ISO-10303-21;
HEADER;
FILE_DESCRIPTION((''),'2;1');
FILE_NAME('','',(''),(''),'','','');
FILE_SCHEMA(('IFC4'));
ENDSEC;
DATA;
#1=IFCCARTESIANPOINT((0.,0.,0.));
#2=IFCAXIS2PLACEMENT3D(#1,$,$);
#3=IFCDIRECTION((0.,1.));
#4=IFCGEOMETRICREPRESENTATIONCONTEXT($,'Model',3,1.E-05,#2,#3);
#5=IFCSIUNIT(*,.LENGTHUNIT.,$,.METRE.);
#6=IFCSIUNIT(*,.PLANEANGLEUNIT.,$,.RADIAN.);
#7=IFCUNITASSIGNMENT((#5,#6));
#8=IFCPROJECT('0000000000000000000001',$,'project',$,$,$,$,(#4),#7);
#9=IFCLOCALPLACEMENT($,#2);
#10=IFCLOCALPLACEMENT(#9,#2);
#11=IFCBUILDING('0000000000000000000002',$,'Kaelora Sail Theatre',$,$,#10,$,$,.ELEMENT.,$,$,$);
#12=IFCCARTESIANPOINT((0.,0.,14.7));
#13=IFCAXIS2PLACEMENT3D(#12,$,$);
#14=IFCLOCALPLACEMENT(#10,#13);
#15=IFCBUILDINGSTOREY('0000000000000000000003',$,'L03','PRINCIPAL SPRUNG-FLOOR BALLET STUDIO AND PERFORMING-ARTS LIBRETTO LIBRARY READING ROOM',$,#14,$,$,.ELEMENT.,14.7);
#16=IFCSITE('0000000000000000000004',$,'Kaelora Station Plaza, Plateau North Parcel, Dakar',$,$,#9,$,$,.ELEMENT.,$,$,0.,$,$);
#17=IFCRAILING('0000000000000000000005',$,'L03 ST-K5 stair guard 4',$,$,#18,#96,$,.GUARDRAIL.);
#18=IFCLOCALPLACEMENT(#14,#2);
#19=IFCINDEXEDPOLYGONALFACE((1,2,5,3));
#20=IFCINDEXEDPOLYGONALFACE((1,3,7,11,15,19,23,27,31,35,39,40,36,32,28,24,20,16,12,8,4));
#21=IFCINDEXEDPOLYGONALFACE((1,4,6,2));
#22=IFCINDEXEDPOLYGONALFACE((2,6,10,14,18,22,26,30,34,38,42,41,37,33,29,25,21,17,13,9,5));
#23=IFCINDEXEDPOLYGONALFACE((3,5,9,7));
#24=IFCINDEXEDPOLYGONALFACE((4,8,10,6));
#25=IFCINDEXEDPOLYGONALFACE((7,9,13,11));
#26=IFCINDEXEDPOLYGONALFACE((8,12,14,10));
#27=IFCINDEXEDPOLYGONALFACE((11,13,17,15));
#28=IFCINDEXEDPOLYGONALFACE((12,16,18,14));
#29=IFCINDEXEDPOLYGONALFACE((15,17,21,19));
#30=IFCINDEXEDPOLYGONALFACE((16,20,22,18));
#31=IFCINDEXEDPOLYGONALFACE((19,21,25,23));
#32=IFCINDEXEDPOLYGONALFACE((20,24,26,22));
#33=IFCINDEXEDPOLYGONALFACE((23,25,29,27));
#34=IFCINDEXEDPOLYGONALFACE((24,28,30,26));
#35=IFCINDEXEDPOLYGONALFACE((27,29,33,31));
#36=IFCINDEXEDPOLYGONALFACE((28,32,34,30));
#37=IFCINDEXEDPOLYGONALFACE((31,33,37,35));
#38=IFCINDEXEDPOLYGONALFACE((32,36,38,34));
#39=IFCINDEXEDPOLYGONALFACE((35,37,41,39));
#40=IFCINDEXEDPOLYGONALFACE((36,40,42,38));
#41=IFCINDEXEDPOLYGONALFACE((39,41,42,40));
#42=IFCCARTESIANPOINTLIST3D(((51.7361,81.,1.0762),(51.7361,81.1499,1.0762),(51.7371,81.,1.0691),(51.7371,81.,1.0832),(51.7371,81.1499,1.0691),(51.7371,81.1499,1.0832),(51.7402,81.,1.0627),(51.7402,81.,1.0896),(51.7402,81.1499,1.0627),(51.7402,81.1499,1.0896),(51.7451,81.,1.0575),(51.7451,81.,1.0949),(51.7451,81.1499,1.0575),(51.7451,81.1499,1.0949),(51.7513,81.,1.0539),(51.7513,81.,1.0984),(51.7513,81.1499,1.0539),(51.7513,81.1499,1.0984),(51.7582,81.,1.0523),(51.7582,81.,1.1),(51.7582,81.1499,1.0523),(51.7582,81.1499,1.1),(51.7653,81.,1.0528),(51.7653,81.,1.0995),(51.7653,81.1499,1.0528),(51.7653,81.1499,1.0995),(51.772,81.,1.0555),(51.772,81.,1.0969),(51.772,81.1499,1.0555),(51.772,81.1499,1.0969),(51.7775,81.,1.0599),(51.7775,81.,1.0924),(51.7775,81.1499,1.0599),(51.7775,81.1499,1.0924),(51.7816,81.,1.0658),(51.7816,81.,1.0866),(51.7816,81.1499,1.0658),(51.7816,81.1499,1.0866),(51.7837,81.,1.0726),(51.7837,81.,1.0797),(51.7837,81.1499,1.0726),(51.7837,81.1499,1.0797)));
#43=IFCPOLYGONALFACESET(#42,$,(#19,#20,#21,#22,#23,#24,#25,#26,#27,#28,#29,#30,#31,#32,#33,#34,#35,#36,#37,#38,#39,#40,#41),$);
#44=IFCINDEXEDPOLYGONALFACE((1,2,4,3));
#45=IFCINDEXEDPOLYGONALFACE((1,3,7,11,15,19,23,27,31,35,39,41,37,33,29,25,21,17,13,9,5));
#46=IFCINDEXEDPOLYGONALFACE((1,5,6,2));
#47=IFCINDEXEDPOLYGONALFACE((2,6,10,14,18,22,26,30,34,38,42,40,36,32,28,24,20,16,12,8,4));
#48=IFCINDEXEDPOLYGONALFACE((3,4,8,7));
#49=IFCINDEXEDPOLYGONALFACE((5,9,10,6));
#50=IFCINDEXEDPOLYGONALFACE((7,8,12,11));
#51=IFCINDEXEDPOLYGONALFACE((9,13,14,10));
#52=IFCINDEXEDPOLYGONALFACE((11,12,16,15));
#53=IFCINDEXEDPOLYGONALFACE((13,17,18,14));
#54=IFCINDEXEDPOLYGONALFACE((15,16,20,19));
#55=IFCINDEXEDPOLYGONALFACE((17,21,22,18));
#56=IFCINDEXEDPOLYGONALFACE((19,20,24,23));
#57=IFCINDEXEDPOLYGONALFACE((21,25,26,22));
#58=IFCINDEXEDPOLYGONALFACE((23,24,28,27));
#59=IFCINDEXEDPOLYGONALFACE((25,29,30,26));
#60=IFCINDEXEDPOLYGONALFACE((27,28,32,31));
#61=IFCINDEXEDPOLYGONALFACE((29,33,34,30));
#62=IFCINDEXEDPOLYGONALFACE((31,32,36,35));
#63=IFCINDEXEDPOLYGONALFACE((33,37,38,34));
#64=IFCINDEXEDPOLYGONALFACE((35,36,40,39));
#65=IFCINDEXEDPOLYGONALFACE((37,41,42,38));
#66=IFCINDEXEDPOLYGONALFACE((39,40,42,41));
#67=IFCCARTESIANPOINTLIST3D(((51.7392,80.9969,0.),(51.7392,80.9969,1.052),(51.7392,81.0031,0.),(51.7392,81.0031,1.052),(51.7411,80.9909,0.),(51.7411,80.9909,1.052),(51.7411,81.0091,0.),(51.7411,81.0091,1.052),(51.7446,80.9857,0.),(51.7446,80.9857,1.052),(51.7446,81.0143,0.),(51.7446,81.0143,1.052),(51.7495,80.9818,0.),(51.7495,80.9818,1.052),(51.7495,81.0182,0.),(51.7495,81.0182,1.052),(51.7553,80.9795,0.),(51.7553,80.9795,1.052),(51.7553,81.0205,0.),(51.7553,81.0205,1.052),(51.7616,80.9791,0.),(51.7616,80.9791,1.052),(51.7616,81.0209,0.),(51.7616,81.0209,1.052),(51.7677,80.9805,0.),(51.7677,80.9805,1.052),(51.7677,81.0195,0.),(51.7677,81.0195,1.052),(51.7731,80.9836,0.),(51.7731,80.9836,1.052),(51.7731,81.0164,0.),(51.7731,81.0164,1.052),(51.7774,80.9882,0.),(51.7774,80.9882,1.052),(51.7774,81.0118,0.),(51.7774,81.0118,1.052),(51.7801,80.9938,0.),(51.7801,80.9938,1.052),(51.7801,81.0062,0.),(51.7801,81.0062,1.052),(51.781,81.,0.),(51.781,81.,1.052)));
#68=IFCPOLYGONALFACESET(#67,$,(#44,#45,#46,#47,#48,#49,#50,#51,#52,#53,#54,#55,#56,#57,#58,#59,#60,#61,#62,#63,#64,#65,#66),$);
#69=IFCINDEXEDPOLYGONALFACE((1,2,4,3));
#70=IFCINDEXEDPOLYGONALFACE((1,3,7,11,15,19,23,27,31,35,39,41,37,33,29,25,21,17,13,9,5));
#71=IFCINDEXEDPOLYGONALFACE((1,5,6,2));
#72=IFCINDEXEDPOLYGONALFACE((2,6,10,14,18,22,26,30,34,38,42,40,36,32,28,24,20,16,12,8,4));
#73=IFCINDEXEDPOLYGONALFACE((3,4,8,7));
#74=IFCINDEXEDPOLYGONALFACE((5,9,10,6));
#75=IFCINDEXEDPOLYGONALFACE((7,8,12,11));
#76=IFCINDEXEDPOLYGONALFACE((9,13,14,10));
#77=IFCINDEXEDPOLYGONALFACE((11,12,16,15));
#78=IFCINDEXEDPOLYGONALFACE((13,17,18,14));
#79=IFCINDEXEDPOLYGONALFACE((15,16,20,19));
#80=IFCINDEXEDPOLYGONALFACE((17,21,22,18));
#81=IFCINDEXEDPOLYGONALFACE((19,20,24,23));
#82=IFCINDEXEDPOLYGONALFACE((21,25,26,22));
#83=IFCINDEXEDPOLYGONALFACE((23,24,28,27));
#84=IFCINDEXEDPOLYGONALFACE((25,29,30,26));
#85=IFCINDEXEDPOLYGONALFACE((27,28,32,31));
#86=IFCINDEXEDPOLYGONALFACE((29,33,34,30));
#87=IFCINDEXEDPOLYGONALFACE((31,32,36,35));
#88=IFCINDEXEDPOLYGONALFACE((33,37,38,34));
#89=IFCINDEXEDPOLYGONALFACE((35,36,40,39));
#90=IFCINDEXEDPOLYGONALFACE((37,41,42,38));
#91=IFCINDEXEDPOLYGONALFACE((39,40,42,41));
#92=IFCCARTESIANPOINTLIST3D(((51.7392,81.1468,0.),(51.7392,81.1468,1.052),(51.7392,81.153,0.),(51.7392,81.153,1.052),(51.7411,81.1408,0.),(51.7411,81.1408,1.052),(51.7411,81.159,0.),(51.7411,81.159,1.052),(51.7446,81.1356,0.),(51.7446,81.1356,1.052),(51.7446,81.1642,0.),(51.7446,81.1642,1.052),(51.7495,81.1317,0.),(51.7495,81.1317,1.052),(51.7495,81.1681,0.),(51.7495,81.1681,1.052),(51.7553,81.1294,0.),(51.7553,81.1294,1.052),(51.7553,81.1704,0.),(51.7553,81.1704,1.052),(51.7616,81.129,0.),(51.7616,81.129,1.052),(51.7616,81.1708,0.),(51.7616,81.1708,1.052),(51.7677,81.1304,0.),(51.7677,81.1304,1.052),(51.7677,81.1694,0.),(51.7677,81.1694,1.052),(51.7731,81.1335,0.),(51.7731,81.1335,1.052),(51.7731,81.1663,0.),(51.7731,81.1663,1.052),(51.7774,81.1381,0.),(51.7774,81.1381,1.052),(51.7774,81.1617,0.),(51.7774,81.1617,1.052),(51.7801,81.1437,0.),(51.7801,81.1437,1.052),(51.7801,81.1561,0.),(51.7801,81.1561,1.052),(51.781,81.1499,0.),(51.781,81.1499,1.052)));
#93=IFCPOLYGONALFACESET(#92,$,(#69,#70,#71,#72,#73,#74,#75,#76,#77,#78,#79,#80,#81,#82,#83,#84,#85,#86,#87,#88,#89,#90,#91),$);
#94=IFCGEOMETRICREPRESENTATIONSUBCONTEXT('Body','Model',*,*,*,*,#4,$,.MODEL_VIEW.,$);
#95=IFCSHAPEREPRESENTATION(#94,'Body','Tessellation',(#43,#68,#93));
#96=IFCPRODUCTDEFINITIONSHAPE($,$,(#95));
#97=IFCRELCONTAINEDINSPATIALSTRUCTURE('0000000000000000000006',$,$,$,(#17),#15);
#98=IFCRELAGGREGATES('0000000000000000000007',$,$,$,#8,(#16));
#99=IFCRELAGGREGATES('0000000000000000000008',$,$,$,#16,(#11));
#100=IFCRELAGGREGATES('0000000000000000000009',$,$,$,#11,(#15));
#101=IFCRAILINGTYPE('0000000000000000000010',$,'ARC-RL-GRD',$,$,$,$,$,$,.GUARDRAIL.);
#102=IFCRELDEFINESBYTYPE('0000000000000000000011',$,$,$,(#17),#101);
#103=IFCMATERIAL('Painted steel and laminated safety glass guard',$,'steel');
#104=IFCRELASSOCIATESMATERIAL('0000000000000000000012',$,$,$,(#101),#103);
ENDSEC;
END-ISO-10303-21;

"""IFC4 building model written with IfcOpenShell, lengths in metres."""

from ifc_helpers import new_model, si_unit, direction, frame, origin, origin_2d, place, context, subcontext, project, spatial, circle, extrude, material, type_object, element, save


model = new_model("IFC4")

# Units and contexts
model_context = context("Model", 3, precision=1e-05, world=origin(), true_north=direction((0.0, 1.0)))
body_context = subcontext(model_context, "Body", "Model", "MODEL_VIEW")
ifc_project = project(units=[si_unit("LENGTHUNIT", "METRE"), si_unit("PLANEANGLEUNIT", "RADIAN")], contexts=[model_context])

# Site, building, storey
site_placement = place(None, origin())
site = spatial("IfcSite", under=ifc_project, at=site_placement, Name="Kaelora Station Plaza, Plateau North Parcel, Dakar", CompositionType="ELEMENT", RefElevation=0.0)
building_placement = place(site_placement, origin())
building = spatial("IfcBuilding", under=site, at=building_placement, Name="Kaelora Sail Theatre", CompositionType="ELEMENT")
storey_placement = place(building_placement, frame((0.0, 0.0, 14.7)))
storey = spatial("IfcBuildingStorey", under=building, at=storey_placement, Name="L03", Description="PRINCIPAL SPRUNG-FLOOR BALLET STUDIO AND PERFORMING-ARTS LIBRETTO LIBRARY READING ROOM", CompositionType="ELEMENT", Elevation=14.7)

# Railing
ifc_material_1 = material(Name="Painted steel and laminated safety glass guard", Category="steel")
railing_type_1 = type_object("IfcRailingType", Name="ARC-RL-GRD", PredefinedType="GUARDRAIL", material=ifc_material_1)
railing_1_placement = place(storey_placement, frame((51.76, 81.0, 0.0)))
element("IfcRailing", 1, at=railing_1_placement, inside=storey, type_object=railing_type_1, Name="L03 ST-K5 stair guard 4", PredefinedType="GUARDRAIL", context=body_context, shape_type="SweptSolid", body=[
    extrude(circle(Radius=0.0239, at=origin_2d()), frame((0.0, 0.0, 1.0762), z_axis=(0.0, 1.0, 0.0), x_axis=(-1.0, 0.0, 0.0)), (0.0, 0.0, 1.0), 0.1499),
    extrude(circle(Radius=0.021, at=origin_2d()), origin(), (0.0, 0.0, 1.0), 1.052),
    extrude(circle(Radius=0.021, at=origin_2d()), frame((0.0, 0.1499, 0.0)), (0.0, 0.0, 1.0), 1.052),
])

save(model, "model.ifc")
